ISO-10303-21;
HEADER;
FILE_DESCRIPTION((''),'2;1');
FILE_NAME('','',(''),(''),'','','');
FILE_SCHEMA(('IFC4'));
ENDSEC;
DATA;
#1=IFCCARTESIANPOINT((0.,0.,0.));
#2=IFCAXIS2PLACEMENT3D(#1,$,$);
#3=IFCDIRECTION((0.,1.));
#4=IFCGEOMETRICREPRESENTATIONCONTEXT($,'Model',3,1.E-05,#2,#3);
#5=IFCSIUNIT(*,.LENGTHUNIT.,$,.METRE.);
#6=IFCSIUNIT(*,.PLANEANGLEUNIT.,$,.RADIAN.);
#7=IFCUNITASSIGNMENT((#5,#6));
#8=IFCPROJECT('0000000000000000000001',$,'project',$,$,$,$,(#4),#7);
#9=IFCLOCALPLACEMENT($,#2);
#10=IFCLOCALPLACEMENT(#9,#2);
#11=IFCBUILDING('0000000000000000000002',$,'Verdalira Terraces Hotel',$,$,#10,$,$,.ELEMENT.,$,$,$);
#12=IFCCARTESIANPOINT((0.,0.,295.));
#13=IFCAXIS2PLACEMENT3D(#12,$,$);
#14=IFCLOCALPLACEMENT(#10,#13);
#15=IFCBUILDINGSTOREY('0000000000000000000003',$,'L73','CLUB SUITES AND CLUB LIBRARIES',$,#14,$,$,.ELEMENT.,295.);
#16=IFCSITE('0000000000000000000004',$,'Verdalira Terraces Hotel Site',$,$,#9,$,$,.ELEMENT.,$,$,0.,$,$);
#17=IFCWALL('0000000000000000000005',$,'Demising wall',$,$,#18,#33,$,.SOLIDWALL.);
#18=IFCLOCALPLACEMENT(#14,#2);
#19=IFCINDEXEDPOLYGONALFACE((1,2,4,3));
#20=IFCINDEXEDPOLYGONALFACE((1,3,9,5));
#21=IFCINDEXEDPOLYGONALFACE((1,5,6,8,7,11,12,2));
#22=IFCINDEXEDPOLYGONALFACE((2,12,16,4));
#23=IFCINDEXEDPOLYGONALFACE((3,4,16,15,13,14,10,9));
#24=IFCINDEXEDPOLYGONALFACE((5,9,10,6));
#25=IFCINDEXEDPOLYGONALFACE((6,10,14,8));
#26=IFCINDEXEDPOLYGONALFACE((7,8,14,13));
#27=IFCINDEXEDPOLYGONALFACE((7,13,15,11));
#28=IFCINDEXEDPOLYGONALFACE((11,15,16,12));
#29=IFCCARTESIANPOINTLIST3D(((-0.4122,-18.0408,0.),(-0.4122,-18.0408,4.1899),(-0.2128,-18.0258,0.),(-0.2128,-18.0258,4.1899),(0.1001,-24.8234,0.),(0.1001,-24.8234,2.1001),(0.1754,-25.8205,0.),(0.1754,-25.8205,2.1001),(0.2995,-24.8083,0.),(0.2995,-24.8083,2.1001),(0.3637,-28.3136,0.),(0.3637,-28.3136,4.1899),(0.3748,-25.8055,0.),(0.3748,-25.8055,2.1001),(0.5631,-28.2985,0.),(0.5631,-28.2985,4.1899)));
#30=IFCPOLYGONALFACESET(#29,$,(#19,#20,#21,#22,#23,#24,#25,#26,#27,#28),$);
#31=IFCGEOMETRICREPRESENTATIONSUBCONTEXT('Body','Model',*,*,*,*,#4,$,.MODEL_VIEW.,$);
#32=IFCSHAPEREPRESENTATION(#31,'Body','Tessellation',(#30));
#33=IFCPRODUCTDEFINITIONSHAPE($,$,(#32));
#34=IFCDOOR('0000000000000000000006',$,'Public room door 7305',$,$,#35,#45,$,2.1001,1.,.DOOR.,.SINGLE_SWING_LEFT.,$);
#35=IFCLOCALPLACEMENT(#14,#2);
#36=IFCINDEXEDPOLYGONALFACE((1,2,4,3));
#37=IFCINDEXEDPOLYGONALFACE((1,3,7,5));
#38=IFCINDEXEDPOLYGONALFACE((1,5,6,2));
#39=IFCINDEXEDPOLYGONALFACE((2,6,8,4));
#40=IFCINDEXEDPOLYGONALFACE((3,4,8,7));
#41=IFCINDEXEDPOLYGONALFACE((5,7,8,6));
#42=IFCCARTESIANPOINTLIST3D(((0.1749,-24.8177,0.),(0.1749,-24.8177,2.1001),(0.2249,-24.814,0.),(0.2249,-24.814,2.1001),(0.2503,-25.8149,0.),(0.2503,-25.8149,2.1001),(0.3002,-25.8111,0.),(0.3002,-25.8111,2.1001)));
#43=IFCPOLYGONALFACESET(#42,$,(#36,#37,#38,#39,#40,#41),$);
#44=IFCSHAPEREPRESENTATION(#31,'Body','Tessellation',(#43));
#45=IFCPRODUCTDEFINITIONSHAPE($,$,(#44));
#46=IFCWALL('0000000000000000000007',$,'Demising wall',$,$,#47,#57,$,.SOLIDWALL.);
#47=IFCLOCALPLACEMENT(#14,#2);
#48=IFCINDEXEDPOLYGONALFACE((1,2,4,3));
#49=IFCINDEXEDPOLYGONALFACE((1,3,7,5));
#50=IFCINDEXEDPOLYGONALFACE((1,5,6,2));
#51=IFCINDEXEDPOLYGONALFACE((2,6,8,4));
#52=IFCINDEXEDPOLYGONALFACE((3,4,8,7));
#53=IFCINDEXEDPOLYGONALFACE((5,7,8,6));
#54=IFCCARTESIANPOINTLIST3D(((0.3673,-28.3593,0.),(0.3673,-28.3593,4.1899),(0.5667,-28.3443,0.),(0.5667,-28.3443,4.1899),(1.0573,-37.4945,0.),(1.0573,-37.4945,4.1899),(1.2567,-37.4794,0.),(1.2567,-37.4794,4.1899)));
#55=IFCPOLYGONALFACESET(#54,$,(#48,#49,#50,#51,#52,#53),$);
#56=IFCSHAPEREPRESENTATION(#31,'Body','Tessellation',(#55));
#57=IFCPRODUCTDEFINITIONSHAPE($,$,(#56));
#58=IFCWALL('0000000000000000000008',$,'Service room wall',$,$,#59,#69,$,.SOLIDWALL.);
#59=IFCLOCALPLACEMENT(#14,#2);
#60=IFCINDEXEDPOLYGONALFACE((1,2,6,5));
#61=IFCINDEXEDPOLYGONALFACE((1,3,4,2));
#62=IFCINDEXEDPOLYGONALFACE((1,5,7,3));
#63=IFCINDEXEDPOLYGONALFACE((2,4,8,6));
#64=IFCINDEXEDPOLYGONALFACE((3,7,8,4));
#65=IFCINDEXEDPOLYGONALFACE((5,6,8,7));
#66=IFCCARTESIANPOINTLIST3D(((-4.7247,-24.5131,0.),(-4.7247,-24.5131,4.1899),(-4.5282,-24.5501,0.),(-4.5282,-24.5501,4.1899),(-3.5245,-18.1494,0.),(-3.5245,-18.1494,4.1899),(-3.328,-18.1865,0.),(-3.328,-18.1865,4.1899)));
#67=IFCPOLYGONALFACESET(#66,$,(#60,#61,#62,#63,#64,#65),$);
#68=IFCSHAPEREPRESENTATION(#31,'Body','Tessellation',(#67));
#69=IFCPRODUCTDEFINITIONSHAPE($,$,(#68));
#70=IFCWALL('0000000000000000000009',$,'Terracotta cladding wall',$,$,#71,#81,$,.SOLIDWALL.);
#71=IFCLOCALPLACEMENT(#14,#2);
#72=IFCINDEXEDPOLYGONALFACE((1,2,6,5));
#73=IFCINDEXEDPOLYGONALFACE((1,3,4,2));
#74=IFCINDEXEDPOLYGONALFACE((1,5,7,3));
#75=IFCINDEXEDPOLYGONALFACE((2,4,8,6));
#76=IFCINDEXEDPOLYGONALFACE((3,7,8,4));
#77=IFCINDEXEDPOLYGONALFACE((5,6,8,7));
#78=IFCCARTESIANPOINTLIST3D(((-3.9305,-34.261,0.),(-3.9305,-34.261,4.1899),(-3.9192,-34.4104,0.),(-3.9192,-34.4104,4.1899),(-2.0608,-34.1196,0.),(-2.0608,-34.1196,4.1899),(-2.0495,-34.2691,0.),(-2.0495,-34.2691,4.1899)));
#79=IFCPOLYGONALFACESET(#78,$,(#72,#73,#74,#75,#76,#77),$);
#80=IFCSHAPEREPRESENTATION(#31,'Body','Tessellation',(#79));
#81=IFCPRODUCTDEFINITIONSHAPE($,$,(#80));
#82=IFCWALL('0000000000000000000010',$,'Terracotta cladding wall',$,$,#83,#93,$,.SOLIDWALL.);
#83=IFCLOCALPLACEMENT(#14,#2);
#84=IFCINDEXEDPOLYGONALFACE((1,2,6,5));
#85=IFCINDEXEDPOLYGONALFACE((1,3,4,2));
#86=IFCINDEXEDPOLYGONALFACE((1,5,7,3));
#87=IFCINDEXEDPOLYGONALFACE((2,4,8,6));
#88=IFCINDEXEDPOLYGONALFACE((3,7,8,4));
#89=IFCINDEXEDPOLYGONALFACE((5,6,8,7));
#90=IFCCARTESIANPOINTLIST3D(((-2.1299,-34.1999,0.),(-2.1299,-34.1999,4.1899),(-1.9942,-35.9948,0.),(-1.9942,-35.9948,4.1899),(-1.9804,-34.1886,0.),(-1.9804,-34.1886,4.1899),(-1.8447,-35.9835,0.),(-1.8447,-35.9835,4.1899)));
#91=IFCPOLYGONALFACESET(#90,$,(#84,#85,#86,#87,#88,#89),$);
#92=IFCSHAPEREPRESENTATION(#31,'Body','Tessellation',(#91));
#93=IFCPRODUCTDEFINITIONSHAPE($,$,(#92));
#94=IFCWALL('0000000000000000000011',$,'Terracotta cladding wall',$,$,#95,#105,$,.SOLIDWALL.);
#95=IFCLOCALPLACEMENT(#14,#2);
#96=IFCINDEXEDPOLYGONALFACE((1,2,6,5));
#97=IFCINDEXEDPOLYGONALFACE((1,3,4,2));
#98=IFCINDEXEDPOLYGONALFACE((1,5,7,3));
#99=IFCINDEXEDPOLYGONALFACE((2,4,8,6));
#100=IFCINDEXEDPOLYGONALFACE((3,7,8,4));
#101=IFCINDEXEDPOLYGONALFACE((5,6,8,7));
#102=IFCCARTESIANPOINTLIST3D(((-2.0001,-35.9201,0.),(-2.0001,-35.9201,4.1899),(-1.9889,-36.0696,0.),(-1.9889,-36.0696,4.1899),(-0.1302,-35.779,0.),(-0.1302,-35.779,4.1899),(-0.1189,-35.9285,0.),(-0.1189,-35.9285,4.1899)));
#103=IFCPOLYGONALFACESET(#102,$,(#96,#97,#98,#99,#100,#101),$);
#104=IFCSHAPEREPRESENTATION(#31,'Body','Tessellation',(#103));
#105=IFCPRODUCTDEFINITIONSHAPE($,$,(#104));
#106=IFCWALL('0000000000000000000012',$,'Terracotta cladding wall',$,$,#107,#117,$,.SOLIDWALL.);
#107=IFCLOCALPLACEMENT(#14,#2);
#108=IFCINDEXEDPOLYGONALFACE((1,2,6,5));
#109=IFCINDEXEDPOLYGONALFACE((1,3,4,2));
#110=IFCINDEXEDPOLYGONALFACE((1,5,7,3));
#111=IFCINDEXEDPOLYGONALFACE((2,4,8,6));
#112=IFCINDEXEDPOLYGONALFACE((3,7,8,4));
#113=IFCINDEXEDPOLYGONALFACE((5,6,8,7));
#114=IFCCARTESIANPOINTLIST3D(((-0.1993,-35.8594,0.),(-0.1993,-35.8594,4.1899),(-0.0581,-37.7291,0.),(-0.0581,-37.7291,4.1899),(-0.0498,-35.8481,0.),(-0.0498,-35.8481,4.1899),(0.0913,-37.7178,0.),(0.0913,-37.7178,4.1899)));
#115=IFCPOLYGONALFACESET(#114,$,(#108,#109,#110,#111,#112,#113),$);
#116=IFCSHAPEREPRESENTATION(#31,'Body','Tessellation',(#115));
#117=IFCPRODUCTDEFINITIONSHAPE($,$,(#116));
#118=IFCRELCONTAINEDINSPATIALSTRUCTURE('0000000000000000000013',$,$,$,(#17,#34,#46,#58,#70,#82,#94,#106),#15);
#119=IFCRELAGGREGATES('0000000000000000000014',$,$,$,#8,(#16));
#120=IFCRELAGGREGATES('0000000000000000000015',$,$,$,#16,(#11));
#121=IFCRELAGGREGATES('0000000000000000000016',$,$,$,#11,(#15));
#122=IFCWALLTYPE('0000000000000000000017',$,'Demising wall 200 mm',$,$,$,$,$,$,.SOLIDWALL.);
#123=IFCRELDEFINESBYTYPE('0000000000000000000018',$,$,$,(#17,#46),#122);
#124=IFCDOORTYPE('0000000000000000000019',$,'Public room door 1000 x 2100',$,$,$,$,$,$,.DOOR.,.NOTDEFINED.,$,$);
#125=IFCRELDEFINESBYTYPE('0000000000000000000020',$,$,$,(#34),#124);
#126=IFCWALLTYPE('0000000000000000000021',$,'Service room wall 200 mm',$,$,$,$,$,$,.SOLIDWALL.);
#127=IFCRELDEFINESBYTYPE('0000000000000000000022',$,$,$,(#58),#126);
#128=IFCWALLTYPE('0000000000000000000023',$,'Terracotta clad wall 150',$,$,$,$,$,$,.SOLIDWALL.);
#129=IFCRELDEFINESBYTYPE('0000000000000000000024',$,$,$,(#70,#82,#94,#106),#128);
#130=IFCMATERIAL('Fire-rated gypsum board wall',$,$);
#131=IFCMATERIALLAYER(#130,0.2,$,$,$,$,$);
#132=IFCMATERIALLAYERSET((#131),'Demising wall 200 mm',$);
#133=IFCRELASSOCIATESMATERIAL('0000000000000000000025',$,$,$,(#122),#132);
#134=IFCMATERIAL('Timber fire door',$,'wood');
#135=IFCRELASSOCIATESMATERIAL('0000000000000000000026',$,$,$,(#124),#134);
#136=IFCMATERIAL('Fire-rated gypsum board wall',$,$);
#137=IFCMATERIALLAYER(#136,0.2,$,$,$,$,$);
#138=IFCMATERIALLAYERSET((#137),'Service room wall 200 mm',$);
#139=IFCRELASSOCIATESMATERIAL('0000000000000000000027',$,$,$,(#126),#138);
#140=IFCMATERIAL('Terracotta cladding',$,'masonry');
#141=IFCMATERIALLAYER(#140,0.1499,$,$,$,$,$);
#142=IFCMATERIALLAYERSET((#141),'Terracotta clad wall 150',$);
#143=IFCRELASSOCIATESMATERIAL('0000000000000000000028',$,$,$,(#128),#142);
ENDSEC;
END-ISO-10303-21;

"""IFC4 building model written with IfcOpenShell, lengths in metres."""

from ifc_helpers import new_model, si_unit, direction, frame, frame_2d, origin, place, context, subcontext, project, spatial, rectangle, extrude, material, layer, layer_set, type_object, element, fill, save


model = new_model("IFC4")

# Units and contexts
model_context = context("Model", 3, precision=1e-05, world=origin(), true_north=direction((0.0, 1.0)))
body_context = subcontext(model_context, "Body", "Model", "MODEL_VIEW")
ifc_project = project(units=[si_unit("LENGTHUNIT", "METRE"), si_unit("PLANEANGLEUNIT", "RADIAN")], contexts=[model_context])

# Site, building, storey
site_placement = place(None, origin())
site = spatial("IfcSite", under=ifc_project, at=site_placement, Name="Verdalira Terraces Hotel Site", CompositionType="ELEMENT", RefElevation=0.0)
building_placement = place(site_placement, origin())
building = spatial("IfcBuilding", under=site, at=building_placement, Name="Verdalira Terraces Hotel", CompositionType="ELEMENT")
storey_placement = place(building_placement, frame((0.0, 0.0, 295.0)))
storey = spatial("IfcBuildingStorey", under=building, at=storey_placement, Name="L73", Description="CLUB SUITES AND CLUB LIBRARIES", CompositionType="ELEMENT", Elevation=295.0)

# Wall, opening, door
ifc_material_1 = material(Name="Fire-rated gypsum board wall")
ifc_layer_1 = layer(ifc_material_1, 0.2)
ifc_layer_set_1 = layer_set([ifc_layer_1], Name="Demising wall 200 mm")
wall_type_1 = type_object("IfcWallType", Name="Demising wall 200 mm", PredefinedType="SOLIDWALL", material=ifc_layer_set_1)
wall_1_placement = place(storey_placement, frame((0.4634, -28.3059, 0.0), z_axis=(0.0, 0.0, 1.0), x_axis=(-0.075314, 0.99716, 0.0)))
wall_1 = element("IfcWall", 1, at=wall_1_placement, inside=storey, type_object=wall_type_1, Name="Demising wall", PredefinedType="SOLIDWALL", context=body_context, shape_type="SweptSolid", body=[
    extrude(rectangle(XDim=10.302, YDim=0.2, at=frame_2d((5.1509, 0.0))), origin(), (0.0, 0.0, 1.0), 4.1899),
])
opening_placement = place(wall_1_placement, frame((2.5, 0.0, 0.0)))
opening = element("IfcOpeningElement", 2, at=opening_placement, cuts=wall_1, PredefinedType="OPENING", context=body_context, shape_type="SweptSolid", body=[
    extrude(rectangle(XDim=1.0, YDim=2.1001, at=frame_2d((0.5, 1.05))), frame((0.0, 0.1099, 0.0), z_axis=(0.0, -1.0, 0.0), x_axis=(1.0, 0.0, 0.0)), (0.0, 0.0, 1.0), 0.22),
])
ifc_material_2 = material(Name="Timber fire door", Category="wood")
door_type = type_object("IfcDoorType", Name="Public room door 1000 x 2100", OperationType="NOTDEFINED", PredefinedType="DOOR", material=ifc_material_2)
door_placement = place(opening_placement, origin())
door = element("IfcDoor", 3, at=door_placement, inside=storey, type_object=door_type, Name="Public room door 7305", OperationType="SINGLE_SWING_LEFT", OverallHeight=2.1001, OverallWidth=1.0, PredefinedType="DOOR", context=body_context, shape_type="SweptSolid", body=[
    extrude(rectangle(XDim=1.0, YDim=2.1001, at=frame_2d((0.5, 1.05))), frame((0.0, 0.0249, 0.0), z_axis=(0.0, -1.0, 0.0), x_axis=(1.0, 0.0, 0.0)), (0.0, 0.0, 1.0), 0.05),
])
fill(opening, door)

# Walls
wall_2_placement = place(storey_placement, frame((0.467, -28.3518, 0.0), z_axis=(0.0, 0.0, 1.0), x_axis=(0.075313, -0.99716, 0.0)))
element("IfcWall", 4, at=wall_2_placement, inside=storey, type_object=wall_type_1, Name="Demising wall", PredefinedType="SOLIDWALL", context=body_context, shape_type="SweptSolid", body=[
    extrude(rectangle(XDim=9.1611, YDim=0.2, at=frame_2d((4.5806, 0.0))), origin(), (0.0, 0.0, 1.0), 4.1899),
])
ifc_material_3 = material(Name="Fire-rated gypsum board wall")
ifc_layer_2 = layer(ifc_material_3, 0.2)
ifc_layer_set_2 = layer_set([ifc_layer_2], Name="Service room wall 200 mm")
wall_type_2 = type_object("IfcWallType", Name="Service room wall 200 mm", PredefinedType="SOLIDWALL", material=ifc_layer_set_2)
wall_3_placement = place(storey_placement, frame((-4.6265, -24.5315, 0.0), z_axis=(0.0, 0.0, 1.0), x_axis=(0.185338, 0.982675, 0.0)))
element("IfcWall", 5, at=wall_3_placement, inside=storey, type_object=wall_type_2, Name="Service room wall", PredefinedType="SOLIDWALL", context=body_context, shape_type="SweptSolid", body=[
    extrude(rectangle(XDim=6.4758, YDim=0.2, at=frame_2d((3.2378, 0.0))), origin(), (0.0, 0.0, 1.0), 4.1899),
])
ifc_material_4 = material(Name="Terracotta cladding", Category="masonry")
ifc_layer_3 = layer(ifc_material_4, 0.1499)
ifc_layer_set_3 = layer_set([ifc_layer_3], Name="Terracotta clad wall 150")
wall_type_3 = type_object("IfcWallType", Name="Terracotta clad wall 150", PredefinedType="SOLIDWALL", material=ifc_layer_set_3)
wall_4_placement = place(storey_placement, frame((-3.9248, -34.3357, 0.0), z_axis=(0.0, 0.0, 1.0), x_axis=(0.997154, 0.075392, 0.0)))
element("IfcWall", 6, at=wall_4_placement, inside=storey, type_object=wall_type_3, Name="Terracotta cladding wall", PredefinedType="SOLIDWALL", context=body_context, shape_type="SweptSolid", body=[
    extrude(rectangle(XDim=1.875, YDim=0.1499, at=frame_2d((0.9375, 0.0))), origin(), (0.0, 0.0, 1.0), 4.1899),
])
wall_5_placement = place(storey_placement, frame((-2.0552, -34.1943, 0.0), z_axis=(0.0, 0.0, 1.0), x_axis=(0.07541, -0.997153, 0.0)))
element("IfcWall", 7, at=wall_5_placement, inside=storey, type_object=wall_type_3, Name="Terracotta cladding wall", PredefinedType="SOLIDWALL", context=body_context, shape_type="SweptSolid", body=[
    extrude(rectangle(XDim=1.8, YDim=0.1499, at=frame_2d((0.8999, 0.0))), origin(), (0.0, 0.0, 1.0), 4.1899),
])
wall_6_placement = place(storey_placement, frame((-1.9944, -35.9949, 0.0), z_axis=(0.0, 0.0, 1.0), x_axis=(0.997164, 0.075253, 0.0)))
element("IfcWall", 8, at=wall_6_placement, inside=storey, type_object=wall_type_3, Name="Terracotta cladding wall", PredefinedType="SOLIDWALL", context=body_context, shape_type="SweptSolid", body=[
    extrude(rectangle(XDim=1.8752, YDim=0.1499, at=frame_2d((0.9375, 0.0))), origin(), (0.0, 0.0, 1.0), 4.1899),
])
wall_7_placement = place(storey_placement, frame((-0.1245, -35.8538, 0.0), z_axis=(0.0, 0.0, 1.0), x_axis=(0.075263, -0.997164, 0.0)))
element("IfcWall", 9, at=wall_7_placement, inside=storey, type_object=wall_type_3, Name="Terracotta cladding wall", PredefinedType="SOLIDWALL", context=body_context, shape_type="SweptSolid", body=[
    extrude(rectangle(XDim=1.875, YDim=0.1499, at=frame_2d((0.9375, 0.0))), origin(), (0.0, 0.0, 1.0), 4.1899),
])

save(model, "model.ifc")
